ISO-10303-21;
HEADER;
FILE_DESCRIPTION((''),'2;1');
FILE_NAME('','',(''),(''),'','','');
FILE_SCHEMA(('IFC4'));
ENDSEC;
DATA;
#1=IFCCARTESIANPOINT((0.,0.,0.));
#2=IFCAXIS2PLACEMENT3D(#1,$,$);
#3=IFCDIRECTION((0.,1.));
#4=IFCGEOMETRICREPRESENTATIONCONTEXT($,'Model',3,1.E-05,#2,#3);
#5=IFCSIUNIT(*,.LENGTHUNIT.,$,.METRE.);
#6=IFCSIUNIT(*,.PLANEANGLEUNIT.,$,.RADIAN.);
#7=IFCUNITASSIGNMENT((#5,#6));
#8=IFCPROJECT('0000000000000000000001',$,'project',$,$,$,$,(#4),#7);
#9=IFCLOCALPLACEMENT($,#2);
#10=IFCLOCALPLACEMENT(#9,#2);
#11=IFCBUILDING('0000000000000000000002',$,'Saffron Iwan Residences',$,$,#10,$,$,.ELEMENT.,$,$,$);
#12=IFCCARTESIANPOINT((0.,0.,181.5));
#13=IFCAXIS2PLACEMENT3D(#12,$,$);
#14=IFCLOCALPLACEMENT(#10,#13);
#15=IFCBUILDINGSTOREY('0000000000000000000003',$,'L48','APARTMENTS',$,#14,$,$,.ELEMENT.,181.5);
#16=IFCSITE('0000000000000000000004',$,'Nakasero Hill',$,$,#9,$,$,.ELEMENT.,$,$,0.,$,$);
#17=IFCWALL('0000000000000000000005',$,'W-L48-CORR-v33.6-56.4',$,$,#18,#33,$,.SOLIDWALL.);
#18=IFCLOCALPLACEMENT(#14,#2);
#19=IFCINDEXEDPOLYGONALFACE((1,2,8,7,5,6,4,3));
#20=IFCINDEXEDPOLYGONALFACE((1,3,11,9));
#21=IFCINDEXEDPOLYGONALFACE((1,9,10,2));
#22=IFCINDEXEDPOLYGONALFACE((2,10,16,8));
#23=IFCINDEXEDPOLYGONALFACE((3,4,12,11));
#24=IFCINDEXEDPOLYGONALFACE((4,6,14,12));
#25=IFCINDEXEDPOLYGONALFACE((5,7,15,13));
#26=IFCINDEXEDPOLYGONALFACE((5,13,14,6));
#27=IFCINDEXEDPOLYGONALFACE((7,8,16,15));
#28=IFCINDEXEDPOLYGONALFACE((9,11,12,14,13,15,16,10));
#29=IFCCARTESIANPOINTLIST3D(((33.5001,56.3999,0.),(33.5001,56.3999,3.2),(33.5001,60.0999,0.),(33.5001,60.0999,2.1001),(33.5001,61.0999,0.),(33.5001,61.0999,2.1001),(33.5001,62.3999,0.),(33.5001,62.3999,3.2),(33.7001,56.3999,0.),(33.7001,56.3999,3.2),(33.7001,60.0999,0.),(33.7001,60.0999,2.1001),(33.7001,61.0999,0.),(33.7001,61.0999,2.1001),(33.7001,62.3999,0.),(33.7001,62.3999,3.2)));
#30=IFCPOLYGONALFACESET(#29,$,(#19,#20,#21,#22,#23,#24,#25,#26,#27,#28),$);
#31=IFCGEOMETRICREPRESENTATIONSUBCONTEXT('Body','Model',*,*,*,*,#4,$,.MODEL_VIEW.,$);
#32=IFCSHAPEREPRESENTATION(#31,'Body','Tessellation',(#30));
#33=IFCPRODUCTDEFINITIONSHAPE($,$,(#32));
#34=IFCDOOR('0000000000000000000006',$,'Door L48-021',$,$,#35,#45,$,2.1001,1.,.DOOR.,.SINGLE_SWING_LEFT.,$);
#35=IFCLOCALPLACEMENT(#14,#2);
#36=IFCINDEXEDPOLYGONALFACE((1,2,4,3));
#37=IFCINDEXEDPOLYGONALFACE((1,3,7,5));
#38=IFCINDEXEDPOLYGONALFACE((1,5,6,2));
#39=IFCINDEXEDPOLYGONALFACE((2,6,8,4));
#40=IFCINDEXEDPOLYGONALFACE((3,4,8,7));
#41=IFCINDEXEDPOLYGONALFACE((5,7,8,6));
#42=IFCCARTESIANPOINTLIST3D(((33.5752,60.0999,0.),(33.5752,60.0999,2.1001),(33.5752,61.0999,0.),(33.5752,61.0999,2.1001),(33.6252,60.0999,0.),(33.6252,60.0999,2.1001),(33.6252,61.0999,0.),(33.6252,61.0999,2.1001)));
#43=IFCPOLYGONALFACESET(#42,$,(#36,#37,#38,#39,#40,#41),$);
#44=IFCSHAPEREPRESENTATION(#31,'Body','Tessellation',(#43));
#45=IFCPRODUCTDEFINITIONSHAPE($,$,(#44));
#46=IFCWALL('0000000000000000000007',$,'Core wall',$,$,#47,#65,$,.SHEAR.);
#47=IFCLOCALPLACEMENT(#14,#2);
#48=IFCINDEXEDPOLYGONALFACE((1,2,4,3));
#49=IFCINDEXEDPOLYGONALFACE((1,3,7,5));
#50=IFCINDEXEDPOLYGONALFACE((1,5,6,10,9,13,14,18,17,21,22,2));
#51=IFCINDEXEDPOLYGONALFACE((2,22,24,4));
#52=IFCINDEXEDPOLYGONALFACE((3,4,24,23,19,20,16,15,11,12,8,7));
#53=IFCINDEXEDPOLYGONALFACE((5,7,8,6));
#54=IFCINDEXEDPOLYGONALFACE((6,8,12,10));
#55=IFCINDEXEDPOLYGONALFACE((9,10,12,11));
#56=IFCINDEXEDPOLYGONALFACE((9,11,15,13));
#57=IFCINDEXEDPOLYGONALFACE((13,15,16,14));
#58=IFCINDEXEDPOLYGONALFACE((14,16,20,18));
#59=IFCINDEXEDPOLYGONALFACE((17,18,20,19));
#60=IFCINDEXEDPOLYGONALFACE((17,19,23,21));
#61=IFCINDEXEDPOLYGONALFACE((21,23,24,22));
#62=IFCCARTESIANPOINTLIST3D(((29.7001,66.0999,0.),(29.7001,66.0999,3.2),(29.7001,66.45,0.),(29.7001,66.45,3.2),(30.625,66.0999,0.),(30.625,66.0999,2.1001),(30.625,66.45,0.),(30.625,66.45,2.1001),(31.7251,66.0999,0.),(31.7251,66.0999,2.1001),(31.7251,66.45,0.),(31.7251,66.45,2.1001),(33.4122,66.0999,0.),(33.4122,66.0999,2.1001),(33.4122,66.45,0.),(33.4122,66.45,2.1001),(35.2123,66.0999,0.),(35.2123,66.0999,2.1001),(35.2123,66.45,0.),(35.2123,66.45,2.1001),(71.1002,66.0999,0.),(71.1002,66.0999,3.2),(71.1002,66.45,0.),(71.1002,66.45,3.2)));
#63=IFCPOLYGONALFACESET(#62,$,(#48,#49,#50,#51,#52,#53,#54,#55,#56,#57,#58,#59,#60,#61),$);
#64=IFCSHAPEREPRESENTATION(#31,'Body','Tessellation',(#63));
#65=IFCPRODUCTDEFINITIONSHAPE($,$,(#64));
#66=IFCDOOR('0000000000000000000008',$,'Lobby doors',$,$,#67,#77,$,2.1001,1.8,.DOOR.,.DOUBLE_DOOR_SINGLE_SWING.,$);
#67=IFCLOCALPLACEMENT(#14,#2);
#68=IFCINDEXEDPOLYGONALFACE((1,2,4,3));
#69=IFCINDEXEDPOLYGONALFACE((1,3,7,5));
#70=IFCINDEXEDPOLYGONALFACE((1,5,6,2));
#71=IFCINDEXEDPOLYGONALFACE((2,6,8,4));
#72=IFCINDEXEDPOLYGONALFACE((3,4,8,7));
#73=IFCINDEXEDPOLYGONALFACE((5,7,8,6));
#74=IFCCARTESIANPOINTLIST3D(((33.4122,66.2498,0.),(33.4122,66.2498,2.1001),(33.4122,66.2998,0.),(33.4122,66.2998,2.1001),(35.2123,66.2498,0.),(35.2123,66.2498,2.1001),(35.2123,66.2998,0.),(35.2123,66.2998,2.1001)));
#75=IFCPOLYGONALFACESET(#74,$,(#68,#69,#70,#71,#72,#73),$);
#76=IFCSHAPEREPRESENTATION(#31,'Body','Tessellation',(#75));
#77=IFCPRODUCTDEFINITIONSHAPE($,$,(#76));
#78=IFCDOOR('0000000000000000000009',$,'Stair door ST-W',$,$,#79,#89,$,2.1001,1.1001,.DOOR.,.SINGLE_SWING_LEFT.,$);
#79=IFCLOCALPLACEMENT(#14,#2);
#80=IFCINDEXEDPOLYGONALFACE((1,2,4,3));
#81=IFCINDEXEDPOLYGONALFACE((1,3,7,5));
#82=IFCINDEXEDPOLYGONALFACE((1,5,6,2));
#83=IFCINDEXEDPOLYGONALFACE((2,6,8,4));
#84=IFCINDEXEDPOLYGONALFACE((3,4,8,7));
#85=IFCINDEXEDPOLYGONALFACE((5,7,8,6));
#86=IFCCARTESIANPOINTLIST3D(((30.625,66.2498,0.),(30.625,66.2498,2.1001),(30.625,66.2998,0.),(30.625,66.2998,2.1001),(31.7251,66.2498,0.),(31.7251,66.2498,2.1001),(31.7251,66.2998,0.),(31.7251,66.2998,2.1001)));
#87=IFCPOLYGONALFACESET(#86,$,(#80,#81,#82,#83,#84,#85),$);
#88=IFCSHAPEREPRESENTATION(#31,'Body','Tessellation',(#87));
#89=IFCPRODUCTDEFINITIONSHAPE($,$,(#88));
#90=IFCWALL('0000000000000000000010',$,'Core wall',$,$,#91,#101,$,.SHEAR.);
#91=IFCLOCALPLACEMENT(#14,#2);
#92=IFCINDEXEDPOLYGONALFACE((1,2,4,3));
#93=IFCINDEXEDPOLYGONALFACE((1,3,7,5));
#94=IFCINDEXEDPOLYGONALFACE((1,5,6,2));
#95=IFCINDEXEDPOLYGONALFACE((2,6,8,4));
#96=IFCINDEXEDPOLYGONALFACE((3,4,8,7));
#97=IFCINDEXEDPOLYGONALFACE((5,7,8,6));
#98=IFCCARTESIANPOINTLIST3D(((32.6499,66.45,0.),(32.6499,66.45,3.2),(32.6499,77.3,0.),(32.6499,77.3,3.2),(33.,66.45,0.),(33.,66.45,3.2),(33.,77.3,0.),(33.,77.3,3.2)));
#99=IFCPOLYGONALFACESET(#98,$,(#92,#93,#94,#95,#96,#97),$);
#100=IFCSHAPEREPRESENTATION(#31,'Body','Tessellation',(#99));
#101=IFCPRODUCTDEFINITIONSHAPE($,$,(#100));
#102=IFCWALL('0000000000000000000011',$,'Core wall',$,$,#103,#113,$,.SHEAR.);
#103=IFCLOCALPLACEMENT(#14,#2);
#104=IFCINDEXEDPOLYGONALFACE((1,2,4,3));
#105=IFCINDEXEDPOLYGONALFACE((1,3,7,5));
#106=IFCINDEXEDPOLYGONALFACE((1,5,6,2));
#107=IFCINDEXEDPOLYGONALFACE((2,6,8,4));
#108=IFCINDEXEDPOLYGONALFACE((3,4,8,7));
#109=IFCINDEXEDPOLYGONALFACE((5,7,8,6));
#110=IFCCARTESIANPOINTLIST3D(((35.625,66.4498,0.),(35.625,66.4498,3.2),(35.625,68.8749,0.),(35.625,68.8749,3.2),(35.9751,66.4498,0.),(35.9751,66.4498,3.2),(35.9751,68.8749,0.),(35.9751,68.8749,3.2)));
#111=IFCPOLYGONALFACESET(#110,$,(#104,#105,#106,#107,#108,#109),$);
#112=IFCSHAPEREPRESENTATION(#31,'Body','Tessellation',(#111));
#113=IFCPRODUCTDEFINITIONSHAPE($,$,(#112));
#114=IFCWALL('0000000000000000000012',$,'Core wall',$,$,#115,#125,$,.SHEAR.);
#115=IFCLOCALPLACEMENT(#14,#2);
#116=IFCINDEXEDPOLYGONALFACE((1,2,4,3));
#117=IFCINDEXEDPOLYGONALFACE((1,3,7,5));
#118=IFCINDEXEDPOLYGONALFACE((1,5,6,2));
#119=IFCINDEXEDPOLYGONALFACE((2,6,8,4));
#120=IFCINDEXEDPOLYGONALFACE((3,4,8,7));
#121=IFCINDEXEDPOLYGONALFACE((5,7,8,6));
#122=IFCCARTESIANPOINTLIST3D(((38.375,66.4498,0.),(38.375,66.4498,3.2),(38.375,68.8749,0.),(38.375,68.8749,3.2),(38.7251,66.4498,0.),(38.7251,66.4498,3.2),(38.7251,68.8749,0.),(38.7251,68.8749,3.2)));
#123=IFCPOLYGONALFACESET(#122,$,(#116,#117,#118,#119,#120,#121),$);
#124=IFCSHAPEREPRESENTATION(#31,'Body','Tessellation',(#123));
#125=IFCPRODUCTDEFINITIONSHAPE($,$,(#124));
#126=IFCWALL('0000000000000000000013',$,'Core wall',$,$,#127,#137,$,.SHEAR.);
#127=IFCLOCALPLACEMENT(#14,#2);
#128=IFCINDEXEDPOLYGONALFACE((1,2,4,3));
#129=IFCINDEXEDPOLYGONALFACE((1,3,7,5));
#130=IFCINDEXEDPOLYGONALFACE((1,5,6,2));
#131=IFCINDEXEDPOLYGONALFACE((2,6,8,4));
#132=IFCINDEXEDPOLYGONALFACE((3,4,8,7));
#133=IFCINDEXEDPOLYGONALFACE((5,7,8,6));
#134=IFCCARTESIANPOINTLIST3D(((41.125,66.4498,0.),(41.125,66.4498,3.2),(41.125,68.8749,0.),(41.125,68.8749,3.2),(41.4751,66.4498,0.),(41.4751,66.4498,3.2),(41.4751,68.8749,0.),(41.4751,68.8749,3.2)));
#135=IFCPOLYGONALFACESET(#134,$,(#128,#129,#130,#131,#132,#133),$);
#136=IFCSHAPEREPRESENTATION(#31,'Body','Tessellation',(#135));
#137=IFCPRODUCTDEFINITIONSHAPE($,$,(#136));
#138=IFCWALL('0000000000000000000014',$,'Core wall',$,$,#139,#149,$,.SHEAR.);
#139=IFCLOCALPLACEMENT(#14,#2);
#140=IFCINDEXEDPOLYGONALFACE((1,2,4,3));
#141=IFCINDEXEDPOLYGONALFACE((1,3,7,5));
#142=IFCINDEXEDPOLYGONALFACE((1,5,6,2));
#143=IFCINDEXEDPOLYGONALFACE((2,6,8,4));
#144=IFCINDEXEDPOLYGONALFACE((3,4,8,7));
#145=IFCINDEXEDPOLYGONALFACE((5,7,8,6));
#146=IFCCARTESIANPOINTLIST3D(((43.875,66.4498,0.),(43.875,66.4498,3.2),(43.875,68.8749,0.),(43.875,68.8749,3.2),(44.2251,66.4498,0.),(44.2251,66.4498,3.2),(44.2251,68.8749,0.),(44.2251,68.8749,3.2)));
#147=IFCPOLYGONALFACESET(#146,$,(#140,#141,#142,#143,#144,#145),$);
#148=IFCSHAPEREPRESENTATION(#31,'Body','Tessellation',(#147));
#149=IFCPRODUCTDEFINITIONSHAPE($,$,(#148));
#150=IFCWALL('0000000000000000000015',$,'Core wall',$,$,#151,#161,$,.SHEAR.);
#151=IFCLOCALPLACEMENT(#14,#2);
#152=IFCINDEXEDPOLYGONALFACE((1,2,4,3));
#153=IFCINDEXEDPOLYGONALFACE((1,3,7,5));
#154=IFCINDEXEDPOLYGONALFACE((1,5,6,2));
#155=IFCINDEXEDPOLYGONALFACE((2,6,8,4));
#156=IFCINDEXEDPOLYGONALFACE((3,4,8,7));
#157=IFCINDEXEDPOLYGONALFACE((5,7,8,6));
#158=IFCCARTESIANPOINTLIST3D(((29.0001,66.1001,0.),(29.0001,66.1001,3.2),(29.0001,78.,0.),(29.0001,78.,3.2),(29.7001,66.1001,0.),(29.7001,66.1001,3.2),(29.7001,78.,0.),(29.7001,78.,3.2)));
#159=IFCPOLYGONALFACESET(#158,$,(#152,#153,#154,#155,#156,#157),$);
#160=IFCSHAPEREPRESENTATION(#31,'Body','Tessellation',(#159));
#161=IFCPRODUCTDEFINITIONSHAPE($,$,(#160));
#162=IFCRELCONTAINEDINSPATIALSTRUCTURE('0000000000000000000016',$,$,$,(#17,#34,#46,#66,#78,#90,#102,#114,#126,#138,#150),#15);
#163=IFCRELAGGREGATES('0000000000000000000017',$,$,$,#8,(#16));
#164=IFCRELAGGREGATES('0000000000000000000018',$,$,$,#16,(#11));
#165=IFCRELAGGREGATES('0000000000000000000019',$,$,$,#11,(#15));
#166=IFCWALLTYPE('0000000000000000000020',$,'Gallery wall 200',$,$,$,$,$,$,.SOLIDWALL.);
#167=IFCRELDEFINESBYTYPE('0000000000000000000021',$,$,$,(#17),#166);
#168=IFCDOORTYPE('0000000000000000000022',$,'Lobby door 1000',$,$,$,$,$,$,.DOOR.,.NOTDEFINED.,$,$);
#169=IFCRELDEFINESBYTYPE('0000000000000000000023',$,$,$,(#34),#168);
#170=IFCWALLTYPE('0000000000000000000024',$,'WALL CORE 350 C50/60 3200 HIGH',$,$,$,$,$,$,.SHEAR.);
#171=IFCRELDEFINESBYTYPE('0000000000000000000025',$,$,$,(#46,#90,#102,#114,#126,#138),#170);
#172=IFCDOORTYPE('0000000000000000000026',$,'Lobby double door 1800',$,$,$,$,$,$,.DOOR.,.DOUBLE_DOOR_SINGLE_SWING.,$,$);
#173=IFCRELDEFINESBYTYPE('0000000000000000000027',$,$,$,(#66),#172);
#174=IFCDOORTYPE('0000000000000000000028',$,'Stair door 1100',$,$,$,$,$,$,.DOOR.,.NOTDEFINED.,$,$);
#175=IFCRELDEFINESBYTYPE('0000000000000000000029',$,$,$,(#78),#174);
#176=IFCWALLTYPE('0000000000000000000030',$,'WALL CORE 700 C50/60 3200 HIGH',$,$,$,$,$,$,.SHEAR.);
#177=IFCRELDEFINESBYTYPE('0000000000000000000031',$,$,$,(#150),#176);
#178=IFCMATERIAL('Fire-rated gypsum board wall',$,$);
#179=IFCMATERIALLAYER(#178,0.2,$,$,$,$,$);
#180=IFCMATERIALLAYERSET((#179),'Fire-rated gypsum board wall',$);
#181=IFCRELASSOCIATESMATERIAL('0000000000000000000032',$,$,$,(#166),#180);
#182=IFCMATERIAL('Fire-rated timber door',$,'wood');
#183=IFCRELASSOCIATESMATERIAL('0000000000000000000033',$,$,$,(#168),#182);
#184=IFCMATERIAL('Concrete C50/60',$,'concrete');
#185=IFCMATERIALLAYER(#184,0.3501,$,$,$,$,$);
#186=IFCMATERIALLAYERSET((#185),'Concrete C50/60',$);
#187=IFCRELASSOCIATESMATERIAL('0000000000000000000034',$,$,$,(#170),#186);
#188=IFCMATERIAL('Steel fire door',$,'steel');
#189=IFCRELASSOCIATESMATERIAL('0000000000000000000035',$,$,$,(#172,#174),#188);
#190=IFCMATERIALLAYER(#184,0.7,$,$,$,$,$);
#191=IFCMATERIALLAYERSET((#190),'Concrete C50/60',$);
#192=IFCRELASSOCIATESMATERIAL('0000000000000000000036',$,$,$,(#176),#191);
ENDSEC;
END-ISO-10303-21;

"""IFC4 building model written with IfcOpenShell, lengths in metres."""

from ifc_helpers import new_model, si_unit, direction, frame, frame_2d, origin, place, context, subcontext, project, spatial, rectangle, extrude, material, layer, layer_set, type_object, element, fill, save


model = new_model("IFC4")

# Units and contexts
model_context = context("Model", 3, precision=1e-05, world=origin(), true_north=direction((0.0, 1.0)))
body_context = subcontext(model_context, "Body", "Model", "MODEL_VIEW")
ifc_project = project(units=[si_unit("LENGTHUNIT", "METRE"), si_unit("PLANEANGLEUNIT", "RADIAN")], contexts=[model_context])

# Site, building, storey
site_placement = place(None, origin())
site = spatial("IfcSite", under=ifc_project, at=site_placement, Name="Nakasero Hill", CompositionType="ELEMENT", RefElevation=0.0)
building_placement = place(site_placement, origin())
building = spatial("IfcBuilding", under=site, at=building_placement, Name="Saffron Iwan Residences", CompositionType="ELEMENT")
storey_placement = place(building_placement, frame((0.0, 0.0, 181.5)))
storey = spatial("IfcBuildingStorey", under=building, at=storey_placement, Name="L48", Description="APARTMENTS", CompositionType="ELEMENT", Elevation=181.5)

# Shared definitions
ifc_material_1 = material(Name="Concrete C50/60", Category="concrete")

# Shared definitions
ifc_material_2 = material(Name="Steel fire door", Category="steel")

# Shared definitions
ifc_material_3 = material(Name="Fire-rated gypsum board wall")
ifc_layer_1 = layer(ifc_material_3, 0.2)
ifc_layer_set_1 = layer_set([ifc_layer_1], Name="Fire-rated gypsum board wall")
wall_type_1 = type_object("IfcWallType", Name="Gallery wall 200", PredefinedType="SOLIDWALL", material=ifc_layer_set_1)

# Wall, opening, door
wall_1_placement = place(storey_placement, frame((33.6001, 56.3999, 0.0), z_axis=(0.0, 0.0, 1.0), x_axis=(0.0, 1.0, 0.0)))
wall_1 = element("IfcWall", 1, at=wall_1_placement, inside=storey, type_object=wall_type_1, Name="W-L48-CORR-v33.6-56.4", PredefinedType="SOLIDWALL", context=body_context, shape_type="SweptSolid", body=[
    extrude(rectangle(XDim=6.0, YDim=0.2, at=frame_2d((3.0, 0.0))), origin(), (0.0, 0.0, 1.0), 3.2),
])
opening_1_placement = place(wall_1_placement, frame((3.7, 0.0, 0.0)))
opening_1 = element("IfcOpeningElement", 2, at=opening_1_placement, cuts=wall_1, PredefinedType="OPENING", context=body_context, shape_type="SweptSolid", body=[
    extrude(rectangle(XDim=1.0, YDim=2.1001, at=frame_2d((0.5, 1.05))), frame((0.0, 0.1099, 0.0), z_axis=(0.0, -1.0, 0.0), x_axis=(1.0, 0.0, 0.0)), (0.0, 0.0, 1.0), 0.22),
])
ifc_material_4 = material(Name="Fire-rated timber door", Category="wood")
door_type_1 = type_object("IfcDoorType", Name="Lobby door 1000", OperationType="NOTDEFINED", PredefinedType="DOOR", material=ifc_material_4)
door_1_placement = place(opening_1_placement, origin())
door_1 = element("IfcDoor", 3, at=door_1_placement, inside=storey, type_object=door_type_1, Name="Door L48-021", OperationType="SINGLE_SWING_LEFT", OverallHeight=2.1001, OverallWidth=1.0, PredefinedType="DOOR", context=body_context, shape_type="SweptSolid", body=[
    extrude(rectangle(XDim=1.0, YDim=2.1001, at=frame_2d((0.5, 1.05))), frame((0.0, 0.0249, 0.0), z_axis=(0.0, -1.0, 0.0), x_axis=(1.0, 0.0, 0.0)), (0.0, 0.0, 1.0), 0.05),
])
fill(opening_1, door_1)

# Wall, openings, doors
ifc_layer_2 = layer(ifc_material_1, 0.3501)
ifc_layer_set_2 = layer_set([ifc_layer_2], Name="Concrete C50/60")
wall_type_2 = type_object("IfcWallType", Name="WALL CORE 350 C50/60 3200 HIGH", PredefinedType="SHEAR", material=ifc_layer_set_2)
wall_2_placement = place(storey_placement, frame((29.7, 66.2749, 0.0), z_axis=(0.0, 0.0, 1.0), x_axis=(1.0, 0.0, 0.0)))
wall_2 = element("IfcWall", 4, at=wall_2_placement, inside=storey, type_object=wall_type_2, Name="Core wall", PredefinedType="SHEAR", context=body_context, shape_type="SweptSolid", body=[
    extrude(rectangle(XDim=41.4001, YDim=0.3501, at=frame_2d((20.7002, 0.0))), origin(), (0.0, 0.0, 1.0), 3.2),
])
opening_2_placement = place(wall_2_placement, frame((0.925, 0.0, 0.0)))
opening_2 = element("IfcOpeningElement", 5, at=opening_2_placement, cuts=wall_2, PredefinedType="OPENING", context=body_context, shape_type="SweptSolid", body=[
    extrude(rectangle(XDim=1.1001, YDim=2.1001, at=frame_2d((0.55, 1.05))), frame((0.0, 0.1851, 0.0), z_axis=(0.0, -1.0, 0.0), x_axis=(1.0, 0.0, 0.0)), (0.0, 0.0, 1.0), 0.3701),
])
opening_3_placement = place(wall_2_placement, frame((3.7124, 0.0, 0.0)))
opening_3 = element("IfcOpeningElement", 6, at=opening_3_placement, cuts=wall_2, PredefinedType="OPENING", context=body_context, shape_type="SweptSolid", body=[
    extrude(rectangle(XDim=1.8, YDim=2.1001, at=frame_2d((0.8999, 1.05))), frame((0.0, 0.1851, 0.0), z_axis=(0.0, -1.0, 0.0), x_axis=(1.0, 0.0, 0.0)), (0.0, 0.0, 1.0), 0.3701),
])
door_type_2 = type_object("IfcDoorType", Name="Lobby double door 1800", OperationType="DOUBLE_DOOR_SINGLE_SWING", PredefinedType="DOOR", material=ifc_material_2)
door_2_placement = place(opening_3_placement, origin())
door_2 = element("IfcDoor", 7, at=door_2_placement, inside=storey, type_object=door_type_2, Name="Lobby doors", OperationType="DOUBLE_DOOR_SINGLE_SWING", OverallHeight=2.1001, OverallWidth=1.8, PredefinedType="DOOR", context=body_context, shape_type="SweptSolid", body=[
    extrude(rectangle(XDim=1.8, YDim=2.1001, at=frame_2d((0.8999, 1.05))), frame((0.0, 0.0249, 0.0), z_axis=(0.0, -1.0, 0.0), x_axis=(1.0, 0.0, 0.0)), (0.0, 0.0, 1.0), 0.05),
])
fill(opening_3, door_2)
door_type_3 = type_object("IfcDoorType", Name="Stair door 1100", OperationType="NOTDEFINED", PredefinedType="DOOR", material=ifc_material_2)
door_3_placement = place(opening_2_placement, origin())
door_3 = element("IfcDoor", 8, at=door_3_placement, inside=storey, type_object=door_type_3, Name="Stair door ST-W", OperationType="SINGLE_SWING_LEFT", OverallHeight=2.1001, OverallWidth=1.1001, PredefinedType="DOOR", context=body_context, shape_type="SweptSolid", body=[
    extrude(rectangle(XDim=1.1001, YDim=2.1001, at=frame_2d((0.55, 1.05))), frame((0.0, 0.0249, 0.0), z_axis=(0.0, -1.0, 0.0), x_axis=(1.0, 0.0, 0.0)), (0.0, 0.0, 1.0), 0.05),
])
fill(opening_2, door_3)

# Walls
wall_3_placement = place(storey_placement, frame((32.825, 66.45, 0.0), z_axis=(0.0, 0.0, 1.0), x_axis=(0.0, 1.0, 0.0)))
element("IfcWall", 9, at=wall_3_placement, inside=storey, type_object=wall_type_2, Name="Core wall", PredefinedType="SHEAR", context=body_context, shape_type="SweptSolid", body=[
    extrude(rectangle(XDim=10.8501, YDim=0.3501, at=frame_2d((5.425, 0.0))), origin(), (0.0, 0.0, 1.0), 3.2),
])
for number, where, z_axis, x_axis, name in (
    (10, (35.8, 66.45, 0.0), (0.0, 0.0, 1.0), (0.0, 1.0, 0.0), "Core wall"),
    (11, (38.55, 66.45, 0.0), (0.0, 0.0, 1.0), (0.0, 1.0, 0.0), "Core wall"),
    (12, (41.3, 66.45, 0.0), (0.0, 0.0, 1.0), (0.0, 1.0, 0.0), "Core wall"),
    (13, (44.05, 66.45, 0.0), (0.0, 0.0, 1.0), (0.0, 1.0, 0.0), "Core wall"),
):
    element("IfcWall", number, at=place(storey_placement, frame(where, z_axis=z_axis, x_axis=x_axis)), inside=storey, type_object=wall_type_2, Name=name, PredefinedType="SHEAR", context=body_context, shape_type="SweptSolid", body=[
        extrude(rectangle(XDim=2.425, YDim=0.3501, at=frame_2d((1.2124, 0.0))), origin(), (0.0, 0.0, 1.0), 3.2),
    ])
ifc_layer_3 = layer(ifc_material_1, 0.7)
ifc_layer_set_3 = layer_set([ifc_layer_3], Name="Concrete C50/60")
wall_type_3 = type_object("IfcWallType", Name="WALL CORE 700 C50/60 3200 HIGH", PredefinedType="SHEAR", material=ifc_layer_set_3)
wall_4_placement = place(storey_placement, frame((29.3501, 66.1001, 0.0), z_axis=(0.0, 0.0, 1.0), x_axis=(0.0, 1.0, 0.0)))
element("IfcWall", 14, at=wall_4_placement, inside=storey, type_object=wall_type_3, Name="Core wall", PredefinedType="SHEAR", context=body_context, shape_type="SweptSolid", body=[
    extrude(rectangle(XDim=11.8999, YDim=0.7, at=frame_2d((5.95, 0.0))), origin(), (0.0, 0.0, 1.0), 3.2),
])

save(model, "model.ifc")
